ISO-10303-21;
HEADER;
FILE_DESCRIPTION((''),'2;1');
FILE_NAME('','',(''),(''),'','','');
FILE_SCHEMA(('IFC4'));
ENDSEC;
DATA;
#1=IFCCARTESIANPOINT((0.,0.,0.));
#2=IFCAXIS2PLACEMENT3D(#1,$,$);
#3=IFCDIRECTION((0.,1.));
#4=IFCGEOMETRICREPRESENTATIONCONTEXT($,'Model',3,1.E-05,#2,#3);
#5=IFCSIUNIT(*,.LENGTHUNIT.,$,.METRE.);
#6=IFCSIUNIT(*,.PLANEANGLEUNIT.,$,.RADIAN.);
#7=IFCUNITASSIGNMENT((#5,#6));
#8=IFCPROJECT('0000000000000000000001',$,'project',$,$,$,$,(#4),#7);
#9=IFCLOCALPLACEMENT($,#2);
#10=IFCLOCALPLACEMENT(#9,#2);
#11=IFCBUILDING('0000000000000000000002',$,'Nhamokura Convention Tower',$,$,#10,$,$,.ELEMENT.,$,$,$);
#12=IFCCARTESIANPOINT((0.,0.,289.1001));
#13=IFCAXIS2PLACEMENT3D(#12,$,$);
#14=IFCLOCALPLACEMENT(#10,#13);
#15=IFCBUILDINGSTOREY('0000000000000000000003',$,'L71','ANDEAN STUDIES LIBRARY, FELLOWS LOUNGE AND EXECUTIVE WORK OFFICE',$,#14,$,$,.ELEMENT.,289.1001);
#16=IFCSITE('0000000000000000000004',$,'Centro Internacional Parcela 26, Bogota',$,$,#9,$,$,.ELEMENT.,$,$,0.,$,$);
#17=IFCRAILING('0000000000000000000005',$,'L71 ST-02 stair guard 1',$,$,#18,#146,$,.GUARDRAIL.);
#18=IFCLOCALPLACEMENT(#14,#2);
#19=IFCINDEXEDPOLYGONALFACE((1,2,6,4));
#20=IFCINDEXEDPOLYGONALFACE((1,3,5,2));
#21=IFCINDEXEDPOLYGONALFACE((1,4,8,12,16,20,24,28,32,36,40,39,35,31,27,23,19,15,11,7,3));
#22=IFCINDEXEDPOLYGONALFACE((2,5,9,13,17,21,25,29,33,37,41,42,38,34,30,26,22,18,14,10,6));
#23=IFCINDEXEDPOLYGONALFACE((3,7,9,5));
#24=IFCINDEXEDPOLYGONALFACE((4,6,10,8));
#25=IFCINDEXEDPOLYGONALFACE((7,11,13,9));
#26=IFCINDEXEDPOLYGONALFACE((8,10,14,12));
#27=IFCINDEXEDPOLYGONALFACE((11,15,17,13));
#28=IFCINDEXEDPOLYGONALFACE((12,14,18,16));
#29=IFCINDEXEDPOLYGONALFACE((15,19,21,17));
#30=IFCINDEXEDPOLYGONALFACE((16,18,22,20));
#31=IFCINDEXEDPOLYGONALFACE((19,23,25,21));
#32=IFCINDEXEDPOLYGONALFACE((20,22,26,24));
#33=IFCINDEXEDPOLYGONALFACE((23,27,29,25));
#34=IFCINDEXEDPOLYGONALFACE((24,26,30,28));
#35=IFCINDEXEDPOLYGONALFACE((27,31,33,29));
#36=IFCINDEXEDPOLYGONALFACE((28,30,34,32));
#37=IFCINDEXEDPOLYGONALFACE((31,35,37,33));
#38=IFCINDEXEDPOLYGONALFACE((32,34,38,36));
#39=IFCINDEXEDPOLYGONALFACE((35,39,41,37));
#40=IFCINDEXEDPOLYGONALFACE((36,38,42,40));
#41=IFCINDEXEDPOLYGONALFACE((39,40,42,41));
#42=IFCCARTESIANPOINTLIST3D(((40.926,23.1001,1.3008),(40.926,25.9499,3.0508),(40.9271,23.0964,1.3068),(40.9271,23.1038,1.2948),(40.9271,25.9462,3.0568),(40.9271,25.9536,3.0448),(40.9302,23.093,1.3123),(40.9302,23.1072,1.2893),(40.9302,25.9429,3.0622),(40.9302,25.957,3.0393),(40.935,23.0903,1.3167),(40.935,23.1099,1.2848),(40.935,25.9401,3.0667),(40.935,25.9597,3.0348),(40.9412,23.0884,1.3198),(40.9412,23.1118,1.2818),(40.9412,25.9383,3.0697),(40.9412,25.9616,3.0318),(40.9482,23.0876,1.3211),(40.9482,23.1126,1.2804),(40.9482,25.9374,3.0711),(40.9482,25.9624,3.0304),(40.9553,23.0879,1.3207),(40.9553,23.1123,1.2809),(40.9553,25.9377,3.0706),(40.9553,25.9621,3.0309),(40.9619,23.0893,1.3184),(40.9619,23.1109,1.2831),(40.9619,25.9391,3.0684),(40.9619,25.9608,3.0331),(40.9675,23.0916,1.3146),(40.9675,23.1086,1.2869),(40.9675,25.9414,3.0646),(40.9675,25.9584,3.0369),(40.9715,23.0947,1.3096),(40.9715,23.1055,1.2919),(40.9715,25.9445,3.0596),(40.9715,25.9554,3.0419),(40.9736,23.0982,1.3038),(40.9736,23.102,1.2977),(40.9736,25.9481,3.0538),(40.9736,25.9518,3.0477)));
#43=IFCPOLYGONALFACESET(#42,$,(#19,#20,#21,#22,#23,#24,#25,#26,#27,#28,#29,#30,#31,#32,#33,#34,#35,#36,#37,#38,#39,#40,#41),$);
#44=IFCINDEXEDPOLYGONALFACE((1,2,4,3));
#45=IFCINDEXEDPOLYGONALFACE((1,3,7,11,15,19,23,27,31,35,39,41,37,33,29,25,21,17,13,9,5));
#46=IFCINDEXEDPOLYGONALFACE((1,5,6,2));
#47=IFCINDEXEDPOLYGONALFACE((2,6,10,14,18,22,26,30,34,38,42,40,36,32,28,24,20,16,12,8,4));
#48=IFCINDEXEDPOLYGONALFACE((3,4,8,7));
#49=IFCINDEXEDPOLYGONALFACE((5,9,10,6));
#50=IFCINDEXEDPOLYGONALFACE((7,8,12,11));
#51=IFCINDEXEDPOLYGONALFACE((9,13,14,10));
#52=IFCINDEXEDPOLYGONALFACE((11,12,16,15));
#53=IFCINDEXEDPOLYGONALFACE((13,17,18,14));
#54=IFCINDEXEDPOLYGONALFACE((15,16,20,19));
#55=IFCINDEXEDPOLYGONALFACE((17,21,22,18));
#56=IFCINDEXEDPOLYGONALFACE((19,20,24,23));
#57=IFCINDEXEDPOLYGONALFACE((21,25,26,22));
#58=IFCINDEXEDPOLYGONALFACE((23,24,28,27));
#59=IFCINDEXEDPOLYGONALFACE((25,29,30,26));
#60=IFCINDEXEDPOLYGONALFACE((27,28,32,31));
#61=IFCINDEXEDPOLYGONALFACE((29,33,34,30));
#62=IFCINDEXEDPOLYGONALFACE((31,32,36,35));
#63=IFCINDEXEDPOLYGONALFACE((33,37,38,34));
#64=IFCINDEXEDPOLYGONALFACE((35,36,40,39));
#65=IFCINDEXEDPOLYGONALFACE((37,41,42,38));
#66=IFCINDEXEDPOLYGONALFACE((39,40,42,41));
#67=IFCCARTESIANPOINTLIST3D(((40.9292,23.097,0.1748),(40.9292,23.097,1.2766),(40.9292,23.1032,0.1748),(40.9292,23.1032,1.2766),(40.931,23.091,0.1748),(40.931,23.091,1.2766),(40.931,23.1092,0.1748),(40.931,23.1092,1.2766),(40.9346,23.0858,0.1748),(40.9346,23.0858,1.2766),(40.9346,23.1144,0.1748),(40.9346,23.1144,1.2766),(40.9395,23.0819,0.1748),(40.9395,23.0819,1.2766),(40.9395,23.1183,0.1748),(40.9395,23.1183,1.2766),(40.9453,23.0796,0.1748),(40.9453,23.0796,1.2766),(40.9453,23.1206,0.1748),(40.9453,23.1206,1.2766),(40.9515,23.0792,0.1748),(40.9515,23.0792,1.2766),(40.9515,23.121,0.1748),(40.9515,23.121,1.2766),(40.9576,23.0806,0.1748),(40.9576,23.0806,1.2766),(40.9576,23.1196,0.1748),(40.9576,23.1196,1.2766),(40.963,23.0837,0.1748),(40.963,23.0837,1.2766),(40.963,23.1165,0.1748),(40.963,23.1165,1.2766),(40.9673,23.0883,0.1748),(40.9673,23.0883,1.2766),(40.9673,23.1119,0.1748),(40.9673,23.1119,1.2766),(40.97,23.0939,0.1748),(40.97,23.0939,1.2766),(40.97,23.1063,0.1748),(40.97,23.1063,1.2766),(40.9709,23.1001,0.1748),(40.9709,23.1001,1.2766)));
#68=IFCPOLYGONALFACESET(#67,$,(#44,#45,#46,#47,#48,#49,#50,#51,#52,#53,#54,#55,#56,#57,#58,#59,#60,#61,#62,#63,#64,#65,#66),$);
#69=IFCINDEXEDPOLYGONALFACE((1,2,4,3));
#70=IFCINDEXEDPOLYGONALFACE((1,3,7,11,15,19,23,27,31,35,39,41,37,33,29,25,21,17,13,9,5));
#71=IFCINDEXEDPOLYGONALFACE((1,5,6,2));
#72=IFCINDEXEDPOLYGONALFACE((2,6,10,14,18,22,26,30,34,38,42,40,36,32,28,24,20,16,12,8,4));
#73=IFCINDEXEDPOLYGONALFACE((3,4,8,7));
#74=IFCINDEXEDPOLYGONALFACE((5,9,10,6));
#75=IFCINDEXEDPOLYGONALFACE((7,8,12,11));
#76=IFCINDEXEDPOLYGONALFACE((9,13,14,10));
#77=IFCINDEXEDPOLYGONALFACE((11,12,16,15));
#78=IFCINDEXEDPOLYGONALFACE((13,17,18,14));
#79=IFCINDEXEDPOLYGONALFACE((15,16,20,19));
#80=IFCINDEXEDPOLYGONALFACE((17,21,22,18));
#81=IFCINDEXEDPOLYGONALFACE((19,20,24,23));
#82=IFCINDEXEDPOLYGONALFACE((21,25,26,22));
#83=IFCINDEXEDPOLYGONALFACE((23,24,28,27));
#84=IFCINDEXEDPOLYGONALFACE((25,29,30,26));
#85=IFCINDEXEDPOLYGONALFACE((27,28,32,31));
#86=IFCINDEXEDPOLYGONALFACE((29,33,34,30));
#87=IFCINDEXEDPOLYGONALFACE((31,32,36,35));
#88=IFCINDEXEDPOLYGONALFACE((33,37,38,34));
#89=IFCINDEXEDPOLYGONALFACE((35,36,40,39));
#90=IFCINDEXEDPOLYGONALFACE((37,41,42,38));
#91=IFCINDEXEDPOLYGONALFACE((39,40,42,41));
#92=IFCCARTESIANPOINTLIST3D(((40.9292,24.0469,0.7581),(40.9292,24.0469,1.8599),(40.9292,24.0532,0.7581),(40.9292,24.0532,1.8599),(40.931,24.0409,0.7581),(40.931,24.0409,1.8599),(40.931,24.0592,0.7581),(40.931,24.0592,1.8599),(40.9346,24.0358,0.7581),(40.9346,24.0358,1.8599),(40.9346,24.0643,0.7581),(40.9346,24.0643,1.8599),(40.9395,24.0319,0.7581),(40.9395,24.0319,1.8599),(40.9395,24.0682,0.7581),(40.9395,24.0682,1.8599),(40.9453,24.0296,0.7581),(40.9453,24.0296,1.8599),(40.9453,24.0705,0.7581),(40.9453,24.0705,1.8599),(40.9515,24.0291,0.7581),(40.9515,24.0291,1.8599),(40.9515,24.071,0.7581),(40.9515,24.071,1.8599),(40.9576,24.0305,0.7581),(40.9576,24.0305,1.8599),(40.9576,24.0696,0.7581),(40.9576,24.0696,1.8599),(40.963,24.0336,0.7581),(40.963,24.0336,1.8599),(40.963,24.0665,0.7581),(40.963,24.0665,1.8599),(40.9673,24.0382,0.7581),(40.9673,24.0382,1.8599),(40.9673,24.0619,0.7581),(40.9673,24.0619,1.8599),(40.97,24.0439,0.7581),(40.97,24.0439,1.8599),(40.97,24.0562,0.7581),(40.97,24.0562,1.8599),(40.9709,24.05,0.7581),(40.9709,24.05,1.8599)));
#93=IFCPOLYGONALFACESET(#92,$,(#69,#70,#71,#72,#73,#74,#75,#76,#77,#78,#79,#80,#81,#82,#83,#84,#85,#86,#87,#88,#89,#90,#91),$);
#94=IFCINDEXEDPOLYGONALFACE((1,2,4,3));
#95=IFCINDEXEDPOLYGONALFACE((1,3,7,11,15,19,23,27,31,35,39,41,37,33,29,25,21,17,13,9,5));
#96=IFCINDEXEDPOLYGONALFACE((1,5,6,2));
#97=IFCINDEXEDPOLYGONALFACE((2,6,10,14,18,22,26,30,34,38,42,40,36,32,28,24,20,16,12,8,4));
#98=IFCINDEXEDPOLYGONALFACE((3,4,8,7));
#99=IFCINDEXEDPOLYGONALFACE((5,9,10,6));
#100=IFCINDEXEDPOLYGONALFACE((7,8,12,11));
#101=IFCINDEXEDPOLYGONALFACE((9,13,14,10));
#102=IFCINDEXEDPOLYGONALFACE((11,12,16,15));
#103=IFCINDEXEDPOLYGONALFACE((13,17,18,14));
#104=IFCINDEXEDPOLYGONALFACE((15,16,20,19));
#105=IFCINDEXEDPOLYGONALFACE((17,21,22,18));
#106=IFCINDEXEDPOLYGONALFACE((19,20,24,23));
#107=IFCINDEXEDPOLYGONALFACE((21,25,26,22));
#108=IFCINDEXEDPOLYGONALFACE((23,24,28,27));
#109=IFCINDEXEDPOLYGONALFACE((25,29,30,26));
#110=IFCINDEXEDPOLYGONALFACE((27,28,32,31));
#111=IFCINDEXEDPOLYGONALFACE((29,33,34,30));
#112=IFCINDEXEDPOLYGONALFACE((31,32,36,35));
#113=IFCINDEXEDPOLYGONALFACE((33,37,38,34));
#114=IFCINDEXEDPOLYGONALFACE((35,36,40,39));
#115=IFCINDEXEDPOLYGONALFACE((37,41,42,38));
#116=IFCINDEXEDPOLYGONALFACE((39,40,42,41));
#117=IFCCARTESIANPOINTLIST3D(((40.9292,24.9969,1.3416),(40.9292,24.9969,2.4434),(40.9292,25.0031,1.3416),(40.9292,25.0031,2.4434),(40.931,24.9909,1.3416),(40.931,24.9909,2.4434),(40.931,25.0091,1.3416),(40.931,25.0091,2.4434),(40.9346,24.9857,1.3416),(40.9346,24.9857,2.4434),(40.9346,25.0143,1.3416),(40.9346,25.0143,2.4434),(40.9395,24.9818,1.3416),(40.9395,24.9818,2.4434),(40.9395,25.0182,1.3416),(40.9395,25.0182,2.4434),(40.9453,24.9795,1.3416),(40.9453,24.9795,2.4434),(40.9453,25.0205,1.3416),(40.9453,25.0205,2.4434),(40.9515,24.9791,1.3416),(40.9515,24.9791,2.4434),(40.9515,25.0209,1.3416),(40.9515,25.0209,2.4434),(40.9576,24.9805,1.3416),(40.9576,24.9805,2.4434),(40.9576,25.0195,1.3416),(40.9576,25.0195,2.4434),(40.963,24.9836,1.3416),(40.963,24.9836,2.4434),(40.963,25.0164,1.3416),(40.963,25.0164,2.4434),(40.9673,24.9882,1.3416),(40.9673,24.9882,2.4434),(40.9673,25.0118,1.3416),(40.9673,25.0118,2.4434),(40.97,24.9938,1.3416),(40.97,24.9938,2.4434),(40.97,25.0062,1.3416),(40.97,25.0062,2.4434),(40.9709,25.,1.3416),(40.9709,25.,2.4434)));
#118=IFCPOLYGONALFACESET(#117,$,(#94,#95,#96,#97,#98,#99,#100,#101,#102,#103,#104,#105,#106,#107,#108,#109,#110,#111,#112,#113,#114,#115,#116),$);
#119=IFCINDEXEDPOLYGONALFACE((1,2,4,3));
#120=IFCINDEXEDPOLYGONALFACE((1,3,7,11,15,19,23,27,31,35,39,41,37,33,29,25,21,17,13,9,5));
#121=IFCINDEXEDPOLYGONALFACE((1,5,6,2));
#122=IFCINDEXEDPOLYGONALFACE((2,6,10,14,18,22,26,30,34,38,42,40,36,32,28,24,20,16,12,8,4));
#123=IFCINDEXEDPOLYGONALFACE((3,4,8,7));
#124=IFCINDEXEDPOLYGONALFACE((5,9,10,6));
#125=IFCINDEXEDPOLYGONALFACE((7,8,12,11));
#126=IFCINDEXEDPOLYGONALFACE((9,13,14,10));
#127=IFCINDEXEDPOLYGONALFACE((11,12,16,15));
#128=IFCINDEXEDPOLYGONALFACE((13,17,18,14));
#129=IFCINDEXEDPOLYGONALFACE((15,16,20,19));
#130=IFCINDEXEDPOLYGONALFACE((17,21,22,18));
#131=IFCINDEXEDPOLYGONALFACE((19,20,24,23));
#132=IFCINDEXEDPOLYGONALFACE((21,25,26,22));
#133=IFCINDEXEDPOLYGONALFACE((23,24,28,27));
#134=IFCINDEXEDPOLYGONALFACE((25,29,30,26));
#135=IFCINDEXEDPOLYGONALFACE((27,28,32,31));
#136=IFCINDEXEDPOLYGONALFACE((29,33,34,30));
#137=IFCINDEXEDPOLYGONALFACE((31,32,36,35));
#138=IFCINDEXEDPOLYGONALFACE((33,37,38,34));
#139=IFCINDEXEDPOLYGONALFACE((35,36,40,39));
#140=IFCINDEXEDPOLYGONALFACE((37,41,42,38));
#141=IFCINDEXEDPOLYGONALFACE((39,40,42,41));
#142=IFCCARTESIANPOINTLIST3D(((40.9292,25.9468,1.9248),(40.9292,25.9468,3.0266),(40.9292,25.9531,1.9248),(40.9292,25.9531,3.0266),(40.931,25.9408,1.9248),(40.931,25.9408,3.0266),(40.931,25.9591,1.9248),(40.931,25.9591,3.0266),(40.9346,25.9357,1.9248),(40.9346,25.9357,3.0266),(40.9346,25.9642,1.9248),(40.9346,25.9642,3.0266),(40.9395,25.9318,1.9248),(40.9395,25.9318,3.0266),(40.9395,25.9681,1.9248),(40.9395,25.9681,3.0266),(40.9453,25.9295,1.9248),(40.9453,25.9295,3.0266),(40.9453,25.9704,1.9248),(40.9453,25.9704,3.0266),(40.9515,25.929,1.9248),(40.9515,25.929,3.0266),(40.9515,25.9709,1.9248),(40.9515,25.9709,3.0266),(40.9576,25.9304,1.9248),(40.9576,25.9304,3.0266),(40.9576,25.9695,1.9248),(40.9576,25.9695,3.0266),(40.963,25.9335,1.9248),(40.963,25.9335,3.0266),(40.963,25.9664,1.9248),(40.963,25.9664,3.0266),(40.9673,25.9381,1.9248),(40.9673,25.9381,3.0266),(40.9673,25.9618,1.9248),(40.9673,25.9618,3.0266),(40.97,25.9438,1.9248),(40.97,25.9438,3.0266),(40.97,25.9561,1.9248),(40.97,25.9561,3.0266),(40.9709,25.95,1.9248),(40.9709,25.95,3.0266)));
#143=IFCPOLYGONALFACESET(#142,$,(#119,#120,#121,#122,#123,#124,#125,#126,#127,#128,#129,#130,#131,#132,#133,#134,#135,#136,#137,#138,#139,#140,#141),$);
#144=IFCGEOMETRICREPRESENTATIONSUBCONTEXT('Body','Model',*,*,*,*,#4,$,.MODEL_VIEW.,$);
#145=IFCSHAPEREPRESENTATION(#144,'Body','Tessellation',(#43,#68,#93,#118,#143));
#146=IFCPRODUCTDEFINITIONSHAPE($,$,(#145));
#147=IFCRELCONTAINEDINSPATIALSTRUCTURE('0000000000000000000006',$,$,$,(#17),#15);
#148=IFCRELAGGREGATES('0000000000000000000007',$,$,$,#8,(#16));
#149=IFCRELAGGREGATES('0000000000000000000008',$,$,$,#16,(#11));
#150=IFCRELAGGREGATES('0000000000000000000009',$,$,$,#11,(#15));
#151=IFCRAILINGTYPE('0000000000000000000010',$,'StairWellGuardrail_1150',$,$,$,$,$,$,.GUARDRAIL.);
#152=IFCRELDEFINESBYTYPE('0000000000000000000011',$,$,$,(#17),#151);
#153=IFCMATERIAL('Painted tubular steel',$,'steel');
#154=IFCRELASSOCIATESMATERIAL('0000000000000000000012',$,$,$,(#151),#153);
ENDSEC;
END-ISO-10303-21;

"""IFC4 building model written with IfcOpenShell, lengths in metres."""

from ifc_helpers import new_model, si_unit, direction, frame, origin, origin_2d, place, context, subcontext, project, spatial, circle, extrude, material, type_object, element, save


model = new_model("IFC4")

# Units and contexts
model_context = context("Model", 3, precision=1e-05, world=origin(), true_north=direction((0.0, 1.0)))
body_context = subcontext(model_context, "Body", "Model", "MODEL_VIEW")
ifc_project = project(units=[si_unit("LENGTHUNIT", "METRE"), si_unit("PLANEANGLEUNIT", "RADIAN")], contexts=[model_context])

# Site, building, storey
site_placement = place(None, origin())
site = spatial("IfcSite", under=ifc_project, at=site_placement, Name="Centro Internacional Parcela 26, Bogota", CompositionType="ELEMENT", RefElevation=0.0)
building_placement = place(site_placement, origin())
building = spatial("IfcBuilding", under=site, at=building_placement, Name="Nhamokura Convention Tower", CompositionType="ELEMENT")
storey_placement = place(building_placement, frame((0.0, 0.0, 289.1001)))
storey = spatial("IfcBuildingStorey", under=building, at=storey_placement, Name="L71", Description="ANDEAN STUDIES LIBRARY, FELLOWS LOUNGE AND EXECUTIVE WORK OFFICE", CompositionType="ELEMENT", Elevation=289.1001)

# Railing
ifc_material_1 = material(Name="Painted tubular steel", Category="steel")
railing_type_1 = type_object("IfcRailingType", Name="StairWellGuardrail_1150", PredefinedType="GUARDRAIL", material=ifc_material_1)
railing_1_placement = place(storey_placement, frame((40.95, 23.1001, 0.1748)))
element("IfcRailing", 1, at=railing_1_placement, inside=storey, type_object=railing_type_1, Name="L71 ST-02 stair guard 1", PredefinedType="GUARDRAIL", context=body_context, shape_type="SweptSolid", body=[
    extrude(circle(Radius=0.0239, at=origin_2d()), frame((0.0, 0.0, 1.126), z_axis=(0.0, 0.852159, 0.523283), x_axis=(-1.0, 0.0, 0.0)), (0.0, 0.0, 1.0), 3.3442),
    extrude(circle(Radius=0.021, at=origin_2d()), origin(), (0.0, 0.0, 1.0), 1.1018),
    extrude(circle(Radius=0.021, at=origin_2d()), frame((0.0, 0.95, 0.5833)), (0.0, 0.0, 1.0), 1.1018),
    extrude(circle(Radius=0.021, at=origin_2d()), frame((0.0, 1.8999, 1.1667)), (0.0, 0.0, 1.0), 1.1018),
    extrude(circle(Radius=0.021, at=origin_2d()), frame((0.0, 2.8499, 1.75)), (0.0, 0.0, 1.0), 1.1018),
])

save(model, "model.ifc")
